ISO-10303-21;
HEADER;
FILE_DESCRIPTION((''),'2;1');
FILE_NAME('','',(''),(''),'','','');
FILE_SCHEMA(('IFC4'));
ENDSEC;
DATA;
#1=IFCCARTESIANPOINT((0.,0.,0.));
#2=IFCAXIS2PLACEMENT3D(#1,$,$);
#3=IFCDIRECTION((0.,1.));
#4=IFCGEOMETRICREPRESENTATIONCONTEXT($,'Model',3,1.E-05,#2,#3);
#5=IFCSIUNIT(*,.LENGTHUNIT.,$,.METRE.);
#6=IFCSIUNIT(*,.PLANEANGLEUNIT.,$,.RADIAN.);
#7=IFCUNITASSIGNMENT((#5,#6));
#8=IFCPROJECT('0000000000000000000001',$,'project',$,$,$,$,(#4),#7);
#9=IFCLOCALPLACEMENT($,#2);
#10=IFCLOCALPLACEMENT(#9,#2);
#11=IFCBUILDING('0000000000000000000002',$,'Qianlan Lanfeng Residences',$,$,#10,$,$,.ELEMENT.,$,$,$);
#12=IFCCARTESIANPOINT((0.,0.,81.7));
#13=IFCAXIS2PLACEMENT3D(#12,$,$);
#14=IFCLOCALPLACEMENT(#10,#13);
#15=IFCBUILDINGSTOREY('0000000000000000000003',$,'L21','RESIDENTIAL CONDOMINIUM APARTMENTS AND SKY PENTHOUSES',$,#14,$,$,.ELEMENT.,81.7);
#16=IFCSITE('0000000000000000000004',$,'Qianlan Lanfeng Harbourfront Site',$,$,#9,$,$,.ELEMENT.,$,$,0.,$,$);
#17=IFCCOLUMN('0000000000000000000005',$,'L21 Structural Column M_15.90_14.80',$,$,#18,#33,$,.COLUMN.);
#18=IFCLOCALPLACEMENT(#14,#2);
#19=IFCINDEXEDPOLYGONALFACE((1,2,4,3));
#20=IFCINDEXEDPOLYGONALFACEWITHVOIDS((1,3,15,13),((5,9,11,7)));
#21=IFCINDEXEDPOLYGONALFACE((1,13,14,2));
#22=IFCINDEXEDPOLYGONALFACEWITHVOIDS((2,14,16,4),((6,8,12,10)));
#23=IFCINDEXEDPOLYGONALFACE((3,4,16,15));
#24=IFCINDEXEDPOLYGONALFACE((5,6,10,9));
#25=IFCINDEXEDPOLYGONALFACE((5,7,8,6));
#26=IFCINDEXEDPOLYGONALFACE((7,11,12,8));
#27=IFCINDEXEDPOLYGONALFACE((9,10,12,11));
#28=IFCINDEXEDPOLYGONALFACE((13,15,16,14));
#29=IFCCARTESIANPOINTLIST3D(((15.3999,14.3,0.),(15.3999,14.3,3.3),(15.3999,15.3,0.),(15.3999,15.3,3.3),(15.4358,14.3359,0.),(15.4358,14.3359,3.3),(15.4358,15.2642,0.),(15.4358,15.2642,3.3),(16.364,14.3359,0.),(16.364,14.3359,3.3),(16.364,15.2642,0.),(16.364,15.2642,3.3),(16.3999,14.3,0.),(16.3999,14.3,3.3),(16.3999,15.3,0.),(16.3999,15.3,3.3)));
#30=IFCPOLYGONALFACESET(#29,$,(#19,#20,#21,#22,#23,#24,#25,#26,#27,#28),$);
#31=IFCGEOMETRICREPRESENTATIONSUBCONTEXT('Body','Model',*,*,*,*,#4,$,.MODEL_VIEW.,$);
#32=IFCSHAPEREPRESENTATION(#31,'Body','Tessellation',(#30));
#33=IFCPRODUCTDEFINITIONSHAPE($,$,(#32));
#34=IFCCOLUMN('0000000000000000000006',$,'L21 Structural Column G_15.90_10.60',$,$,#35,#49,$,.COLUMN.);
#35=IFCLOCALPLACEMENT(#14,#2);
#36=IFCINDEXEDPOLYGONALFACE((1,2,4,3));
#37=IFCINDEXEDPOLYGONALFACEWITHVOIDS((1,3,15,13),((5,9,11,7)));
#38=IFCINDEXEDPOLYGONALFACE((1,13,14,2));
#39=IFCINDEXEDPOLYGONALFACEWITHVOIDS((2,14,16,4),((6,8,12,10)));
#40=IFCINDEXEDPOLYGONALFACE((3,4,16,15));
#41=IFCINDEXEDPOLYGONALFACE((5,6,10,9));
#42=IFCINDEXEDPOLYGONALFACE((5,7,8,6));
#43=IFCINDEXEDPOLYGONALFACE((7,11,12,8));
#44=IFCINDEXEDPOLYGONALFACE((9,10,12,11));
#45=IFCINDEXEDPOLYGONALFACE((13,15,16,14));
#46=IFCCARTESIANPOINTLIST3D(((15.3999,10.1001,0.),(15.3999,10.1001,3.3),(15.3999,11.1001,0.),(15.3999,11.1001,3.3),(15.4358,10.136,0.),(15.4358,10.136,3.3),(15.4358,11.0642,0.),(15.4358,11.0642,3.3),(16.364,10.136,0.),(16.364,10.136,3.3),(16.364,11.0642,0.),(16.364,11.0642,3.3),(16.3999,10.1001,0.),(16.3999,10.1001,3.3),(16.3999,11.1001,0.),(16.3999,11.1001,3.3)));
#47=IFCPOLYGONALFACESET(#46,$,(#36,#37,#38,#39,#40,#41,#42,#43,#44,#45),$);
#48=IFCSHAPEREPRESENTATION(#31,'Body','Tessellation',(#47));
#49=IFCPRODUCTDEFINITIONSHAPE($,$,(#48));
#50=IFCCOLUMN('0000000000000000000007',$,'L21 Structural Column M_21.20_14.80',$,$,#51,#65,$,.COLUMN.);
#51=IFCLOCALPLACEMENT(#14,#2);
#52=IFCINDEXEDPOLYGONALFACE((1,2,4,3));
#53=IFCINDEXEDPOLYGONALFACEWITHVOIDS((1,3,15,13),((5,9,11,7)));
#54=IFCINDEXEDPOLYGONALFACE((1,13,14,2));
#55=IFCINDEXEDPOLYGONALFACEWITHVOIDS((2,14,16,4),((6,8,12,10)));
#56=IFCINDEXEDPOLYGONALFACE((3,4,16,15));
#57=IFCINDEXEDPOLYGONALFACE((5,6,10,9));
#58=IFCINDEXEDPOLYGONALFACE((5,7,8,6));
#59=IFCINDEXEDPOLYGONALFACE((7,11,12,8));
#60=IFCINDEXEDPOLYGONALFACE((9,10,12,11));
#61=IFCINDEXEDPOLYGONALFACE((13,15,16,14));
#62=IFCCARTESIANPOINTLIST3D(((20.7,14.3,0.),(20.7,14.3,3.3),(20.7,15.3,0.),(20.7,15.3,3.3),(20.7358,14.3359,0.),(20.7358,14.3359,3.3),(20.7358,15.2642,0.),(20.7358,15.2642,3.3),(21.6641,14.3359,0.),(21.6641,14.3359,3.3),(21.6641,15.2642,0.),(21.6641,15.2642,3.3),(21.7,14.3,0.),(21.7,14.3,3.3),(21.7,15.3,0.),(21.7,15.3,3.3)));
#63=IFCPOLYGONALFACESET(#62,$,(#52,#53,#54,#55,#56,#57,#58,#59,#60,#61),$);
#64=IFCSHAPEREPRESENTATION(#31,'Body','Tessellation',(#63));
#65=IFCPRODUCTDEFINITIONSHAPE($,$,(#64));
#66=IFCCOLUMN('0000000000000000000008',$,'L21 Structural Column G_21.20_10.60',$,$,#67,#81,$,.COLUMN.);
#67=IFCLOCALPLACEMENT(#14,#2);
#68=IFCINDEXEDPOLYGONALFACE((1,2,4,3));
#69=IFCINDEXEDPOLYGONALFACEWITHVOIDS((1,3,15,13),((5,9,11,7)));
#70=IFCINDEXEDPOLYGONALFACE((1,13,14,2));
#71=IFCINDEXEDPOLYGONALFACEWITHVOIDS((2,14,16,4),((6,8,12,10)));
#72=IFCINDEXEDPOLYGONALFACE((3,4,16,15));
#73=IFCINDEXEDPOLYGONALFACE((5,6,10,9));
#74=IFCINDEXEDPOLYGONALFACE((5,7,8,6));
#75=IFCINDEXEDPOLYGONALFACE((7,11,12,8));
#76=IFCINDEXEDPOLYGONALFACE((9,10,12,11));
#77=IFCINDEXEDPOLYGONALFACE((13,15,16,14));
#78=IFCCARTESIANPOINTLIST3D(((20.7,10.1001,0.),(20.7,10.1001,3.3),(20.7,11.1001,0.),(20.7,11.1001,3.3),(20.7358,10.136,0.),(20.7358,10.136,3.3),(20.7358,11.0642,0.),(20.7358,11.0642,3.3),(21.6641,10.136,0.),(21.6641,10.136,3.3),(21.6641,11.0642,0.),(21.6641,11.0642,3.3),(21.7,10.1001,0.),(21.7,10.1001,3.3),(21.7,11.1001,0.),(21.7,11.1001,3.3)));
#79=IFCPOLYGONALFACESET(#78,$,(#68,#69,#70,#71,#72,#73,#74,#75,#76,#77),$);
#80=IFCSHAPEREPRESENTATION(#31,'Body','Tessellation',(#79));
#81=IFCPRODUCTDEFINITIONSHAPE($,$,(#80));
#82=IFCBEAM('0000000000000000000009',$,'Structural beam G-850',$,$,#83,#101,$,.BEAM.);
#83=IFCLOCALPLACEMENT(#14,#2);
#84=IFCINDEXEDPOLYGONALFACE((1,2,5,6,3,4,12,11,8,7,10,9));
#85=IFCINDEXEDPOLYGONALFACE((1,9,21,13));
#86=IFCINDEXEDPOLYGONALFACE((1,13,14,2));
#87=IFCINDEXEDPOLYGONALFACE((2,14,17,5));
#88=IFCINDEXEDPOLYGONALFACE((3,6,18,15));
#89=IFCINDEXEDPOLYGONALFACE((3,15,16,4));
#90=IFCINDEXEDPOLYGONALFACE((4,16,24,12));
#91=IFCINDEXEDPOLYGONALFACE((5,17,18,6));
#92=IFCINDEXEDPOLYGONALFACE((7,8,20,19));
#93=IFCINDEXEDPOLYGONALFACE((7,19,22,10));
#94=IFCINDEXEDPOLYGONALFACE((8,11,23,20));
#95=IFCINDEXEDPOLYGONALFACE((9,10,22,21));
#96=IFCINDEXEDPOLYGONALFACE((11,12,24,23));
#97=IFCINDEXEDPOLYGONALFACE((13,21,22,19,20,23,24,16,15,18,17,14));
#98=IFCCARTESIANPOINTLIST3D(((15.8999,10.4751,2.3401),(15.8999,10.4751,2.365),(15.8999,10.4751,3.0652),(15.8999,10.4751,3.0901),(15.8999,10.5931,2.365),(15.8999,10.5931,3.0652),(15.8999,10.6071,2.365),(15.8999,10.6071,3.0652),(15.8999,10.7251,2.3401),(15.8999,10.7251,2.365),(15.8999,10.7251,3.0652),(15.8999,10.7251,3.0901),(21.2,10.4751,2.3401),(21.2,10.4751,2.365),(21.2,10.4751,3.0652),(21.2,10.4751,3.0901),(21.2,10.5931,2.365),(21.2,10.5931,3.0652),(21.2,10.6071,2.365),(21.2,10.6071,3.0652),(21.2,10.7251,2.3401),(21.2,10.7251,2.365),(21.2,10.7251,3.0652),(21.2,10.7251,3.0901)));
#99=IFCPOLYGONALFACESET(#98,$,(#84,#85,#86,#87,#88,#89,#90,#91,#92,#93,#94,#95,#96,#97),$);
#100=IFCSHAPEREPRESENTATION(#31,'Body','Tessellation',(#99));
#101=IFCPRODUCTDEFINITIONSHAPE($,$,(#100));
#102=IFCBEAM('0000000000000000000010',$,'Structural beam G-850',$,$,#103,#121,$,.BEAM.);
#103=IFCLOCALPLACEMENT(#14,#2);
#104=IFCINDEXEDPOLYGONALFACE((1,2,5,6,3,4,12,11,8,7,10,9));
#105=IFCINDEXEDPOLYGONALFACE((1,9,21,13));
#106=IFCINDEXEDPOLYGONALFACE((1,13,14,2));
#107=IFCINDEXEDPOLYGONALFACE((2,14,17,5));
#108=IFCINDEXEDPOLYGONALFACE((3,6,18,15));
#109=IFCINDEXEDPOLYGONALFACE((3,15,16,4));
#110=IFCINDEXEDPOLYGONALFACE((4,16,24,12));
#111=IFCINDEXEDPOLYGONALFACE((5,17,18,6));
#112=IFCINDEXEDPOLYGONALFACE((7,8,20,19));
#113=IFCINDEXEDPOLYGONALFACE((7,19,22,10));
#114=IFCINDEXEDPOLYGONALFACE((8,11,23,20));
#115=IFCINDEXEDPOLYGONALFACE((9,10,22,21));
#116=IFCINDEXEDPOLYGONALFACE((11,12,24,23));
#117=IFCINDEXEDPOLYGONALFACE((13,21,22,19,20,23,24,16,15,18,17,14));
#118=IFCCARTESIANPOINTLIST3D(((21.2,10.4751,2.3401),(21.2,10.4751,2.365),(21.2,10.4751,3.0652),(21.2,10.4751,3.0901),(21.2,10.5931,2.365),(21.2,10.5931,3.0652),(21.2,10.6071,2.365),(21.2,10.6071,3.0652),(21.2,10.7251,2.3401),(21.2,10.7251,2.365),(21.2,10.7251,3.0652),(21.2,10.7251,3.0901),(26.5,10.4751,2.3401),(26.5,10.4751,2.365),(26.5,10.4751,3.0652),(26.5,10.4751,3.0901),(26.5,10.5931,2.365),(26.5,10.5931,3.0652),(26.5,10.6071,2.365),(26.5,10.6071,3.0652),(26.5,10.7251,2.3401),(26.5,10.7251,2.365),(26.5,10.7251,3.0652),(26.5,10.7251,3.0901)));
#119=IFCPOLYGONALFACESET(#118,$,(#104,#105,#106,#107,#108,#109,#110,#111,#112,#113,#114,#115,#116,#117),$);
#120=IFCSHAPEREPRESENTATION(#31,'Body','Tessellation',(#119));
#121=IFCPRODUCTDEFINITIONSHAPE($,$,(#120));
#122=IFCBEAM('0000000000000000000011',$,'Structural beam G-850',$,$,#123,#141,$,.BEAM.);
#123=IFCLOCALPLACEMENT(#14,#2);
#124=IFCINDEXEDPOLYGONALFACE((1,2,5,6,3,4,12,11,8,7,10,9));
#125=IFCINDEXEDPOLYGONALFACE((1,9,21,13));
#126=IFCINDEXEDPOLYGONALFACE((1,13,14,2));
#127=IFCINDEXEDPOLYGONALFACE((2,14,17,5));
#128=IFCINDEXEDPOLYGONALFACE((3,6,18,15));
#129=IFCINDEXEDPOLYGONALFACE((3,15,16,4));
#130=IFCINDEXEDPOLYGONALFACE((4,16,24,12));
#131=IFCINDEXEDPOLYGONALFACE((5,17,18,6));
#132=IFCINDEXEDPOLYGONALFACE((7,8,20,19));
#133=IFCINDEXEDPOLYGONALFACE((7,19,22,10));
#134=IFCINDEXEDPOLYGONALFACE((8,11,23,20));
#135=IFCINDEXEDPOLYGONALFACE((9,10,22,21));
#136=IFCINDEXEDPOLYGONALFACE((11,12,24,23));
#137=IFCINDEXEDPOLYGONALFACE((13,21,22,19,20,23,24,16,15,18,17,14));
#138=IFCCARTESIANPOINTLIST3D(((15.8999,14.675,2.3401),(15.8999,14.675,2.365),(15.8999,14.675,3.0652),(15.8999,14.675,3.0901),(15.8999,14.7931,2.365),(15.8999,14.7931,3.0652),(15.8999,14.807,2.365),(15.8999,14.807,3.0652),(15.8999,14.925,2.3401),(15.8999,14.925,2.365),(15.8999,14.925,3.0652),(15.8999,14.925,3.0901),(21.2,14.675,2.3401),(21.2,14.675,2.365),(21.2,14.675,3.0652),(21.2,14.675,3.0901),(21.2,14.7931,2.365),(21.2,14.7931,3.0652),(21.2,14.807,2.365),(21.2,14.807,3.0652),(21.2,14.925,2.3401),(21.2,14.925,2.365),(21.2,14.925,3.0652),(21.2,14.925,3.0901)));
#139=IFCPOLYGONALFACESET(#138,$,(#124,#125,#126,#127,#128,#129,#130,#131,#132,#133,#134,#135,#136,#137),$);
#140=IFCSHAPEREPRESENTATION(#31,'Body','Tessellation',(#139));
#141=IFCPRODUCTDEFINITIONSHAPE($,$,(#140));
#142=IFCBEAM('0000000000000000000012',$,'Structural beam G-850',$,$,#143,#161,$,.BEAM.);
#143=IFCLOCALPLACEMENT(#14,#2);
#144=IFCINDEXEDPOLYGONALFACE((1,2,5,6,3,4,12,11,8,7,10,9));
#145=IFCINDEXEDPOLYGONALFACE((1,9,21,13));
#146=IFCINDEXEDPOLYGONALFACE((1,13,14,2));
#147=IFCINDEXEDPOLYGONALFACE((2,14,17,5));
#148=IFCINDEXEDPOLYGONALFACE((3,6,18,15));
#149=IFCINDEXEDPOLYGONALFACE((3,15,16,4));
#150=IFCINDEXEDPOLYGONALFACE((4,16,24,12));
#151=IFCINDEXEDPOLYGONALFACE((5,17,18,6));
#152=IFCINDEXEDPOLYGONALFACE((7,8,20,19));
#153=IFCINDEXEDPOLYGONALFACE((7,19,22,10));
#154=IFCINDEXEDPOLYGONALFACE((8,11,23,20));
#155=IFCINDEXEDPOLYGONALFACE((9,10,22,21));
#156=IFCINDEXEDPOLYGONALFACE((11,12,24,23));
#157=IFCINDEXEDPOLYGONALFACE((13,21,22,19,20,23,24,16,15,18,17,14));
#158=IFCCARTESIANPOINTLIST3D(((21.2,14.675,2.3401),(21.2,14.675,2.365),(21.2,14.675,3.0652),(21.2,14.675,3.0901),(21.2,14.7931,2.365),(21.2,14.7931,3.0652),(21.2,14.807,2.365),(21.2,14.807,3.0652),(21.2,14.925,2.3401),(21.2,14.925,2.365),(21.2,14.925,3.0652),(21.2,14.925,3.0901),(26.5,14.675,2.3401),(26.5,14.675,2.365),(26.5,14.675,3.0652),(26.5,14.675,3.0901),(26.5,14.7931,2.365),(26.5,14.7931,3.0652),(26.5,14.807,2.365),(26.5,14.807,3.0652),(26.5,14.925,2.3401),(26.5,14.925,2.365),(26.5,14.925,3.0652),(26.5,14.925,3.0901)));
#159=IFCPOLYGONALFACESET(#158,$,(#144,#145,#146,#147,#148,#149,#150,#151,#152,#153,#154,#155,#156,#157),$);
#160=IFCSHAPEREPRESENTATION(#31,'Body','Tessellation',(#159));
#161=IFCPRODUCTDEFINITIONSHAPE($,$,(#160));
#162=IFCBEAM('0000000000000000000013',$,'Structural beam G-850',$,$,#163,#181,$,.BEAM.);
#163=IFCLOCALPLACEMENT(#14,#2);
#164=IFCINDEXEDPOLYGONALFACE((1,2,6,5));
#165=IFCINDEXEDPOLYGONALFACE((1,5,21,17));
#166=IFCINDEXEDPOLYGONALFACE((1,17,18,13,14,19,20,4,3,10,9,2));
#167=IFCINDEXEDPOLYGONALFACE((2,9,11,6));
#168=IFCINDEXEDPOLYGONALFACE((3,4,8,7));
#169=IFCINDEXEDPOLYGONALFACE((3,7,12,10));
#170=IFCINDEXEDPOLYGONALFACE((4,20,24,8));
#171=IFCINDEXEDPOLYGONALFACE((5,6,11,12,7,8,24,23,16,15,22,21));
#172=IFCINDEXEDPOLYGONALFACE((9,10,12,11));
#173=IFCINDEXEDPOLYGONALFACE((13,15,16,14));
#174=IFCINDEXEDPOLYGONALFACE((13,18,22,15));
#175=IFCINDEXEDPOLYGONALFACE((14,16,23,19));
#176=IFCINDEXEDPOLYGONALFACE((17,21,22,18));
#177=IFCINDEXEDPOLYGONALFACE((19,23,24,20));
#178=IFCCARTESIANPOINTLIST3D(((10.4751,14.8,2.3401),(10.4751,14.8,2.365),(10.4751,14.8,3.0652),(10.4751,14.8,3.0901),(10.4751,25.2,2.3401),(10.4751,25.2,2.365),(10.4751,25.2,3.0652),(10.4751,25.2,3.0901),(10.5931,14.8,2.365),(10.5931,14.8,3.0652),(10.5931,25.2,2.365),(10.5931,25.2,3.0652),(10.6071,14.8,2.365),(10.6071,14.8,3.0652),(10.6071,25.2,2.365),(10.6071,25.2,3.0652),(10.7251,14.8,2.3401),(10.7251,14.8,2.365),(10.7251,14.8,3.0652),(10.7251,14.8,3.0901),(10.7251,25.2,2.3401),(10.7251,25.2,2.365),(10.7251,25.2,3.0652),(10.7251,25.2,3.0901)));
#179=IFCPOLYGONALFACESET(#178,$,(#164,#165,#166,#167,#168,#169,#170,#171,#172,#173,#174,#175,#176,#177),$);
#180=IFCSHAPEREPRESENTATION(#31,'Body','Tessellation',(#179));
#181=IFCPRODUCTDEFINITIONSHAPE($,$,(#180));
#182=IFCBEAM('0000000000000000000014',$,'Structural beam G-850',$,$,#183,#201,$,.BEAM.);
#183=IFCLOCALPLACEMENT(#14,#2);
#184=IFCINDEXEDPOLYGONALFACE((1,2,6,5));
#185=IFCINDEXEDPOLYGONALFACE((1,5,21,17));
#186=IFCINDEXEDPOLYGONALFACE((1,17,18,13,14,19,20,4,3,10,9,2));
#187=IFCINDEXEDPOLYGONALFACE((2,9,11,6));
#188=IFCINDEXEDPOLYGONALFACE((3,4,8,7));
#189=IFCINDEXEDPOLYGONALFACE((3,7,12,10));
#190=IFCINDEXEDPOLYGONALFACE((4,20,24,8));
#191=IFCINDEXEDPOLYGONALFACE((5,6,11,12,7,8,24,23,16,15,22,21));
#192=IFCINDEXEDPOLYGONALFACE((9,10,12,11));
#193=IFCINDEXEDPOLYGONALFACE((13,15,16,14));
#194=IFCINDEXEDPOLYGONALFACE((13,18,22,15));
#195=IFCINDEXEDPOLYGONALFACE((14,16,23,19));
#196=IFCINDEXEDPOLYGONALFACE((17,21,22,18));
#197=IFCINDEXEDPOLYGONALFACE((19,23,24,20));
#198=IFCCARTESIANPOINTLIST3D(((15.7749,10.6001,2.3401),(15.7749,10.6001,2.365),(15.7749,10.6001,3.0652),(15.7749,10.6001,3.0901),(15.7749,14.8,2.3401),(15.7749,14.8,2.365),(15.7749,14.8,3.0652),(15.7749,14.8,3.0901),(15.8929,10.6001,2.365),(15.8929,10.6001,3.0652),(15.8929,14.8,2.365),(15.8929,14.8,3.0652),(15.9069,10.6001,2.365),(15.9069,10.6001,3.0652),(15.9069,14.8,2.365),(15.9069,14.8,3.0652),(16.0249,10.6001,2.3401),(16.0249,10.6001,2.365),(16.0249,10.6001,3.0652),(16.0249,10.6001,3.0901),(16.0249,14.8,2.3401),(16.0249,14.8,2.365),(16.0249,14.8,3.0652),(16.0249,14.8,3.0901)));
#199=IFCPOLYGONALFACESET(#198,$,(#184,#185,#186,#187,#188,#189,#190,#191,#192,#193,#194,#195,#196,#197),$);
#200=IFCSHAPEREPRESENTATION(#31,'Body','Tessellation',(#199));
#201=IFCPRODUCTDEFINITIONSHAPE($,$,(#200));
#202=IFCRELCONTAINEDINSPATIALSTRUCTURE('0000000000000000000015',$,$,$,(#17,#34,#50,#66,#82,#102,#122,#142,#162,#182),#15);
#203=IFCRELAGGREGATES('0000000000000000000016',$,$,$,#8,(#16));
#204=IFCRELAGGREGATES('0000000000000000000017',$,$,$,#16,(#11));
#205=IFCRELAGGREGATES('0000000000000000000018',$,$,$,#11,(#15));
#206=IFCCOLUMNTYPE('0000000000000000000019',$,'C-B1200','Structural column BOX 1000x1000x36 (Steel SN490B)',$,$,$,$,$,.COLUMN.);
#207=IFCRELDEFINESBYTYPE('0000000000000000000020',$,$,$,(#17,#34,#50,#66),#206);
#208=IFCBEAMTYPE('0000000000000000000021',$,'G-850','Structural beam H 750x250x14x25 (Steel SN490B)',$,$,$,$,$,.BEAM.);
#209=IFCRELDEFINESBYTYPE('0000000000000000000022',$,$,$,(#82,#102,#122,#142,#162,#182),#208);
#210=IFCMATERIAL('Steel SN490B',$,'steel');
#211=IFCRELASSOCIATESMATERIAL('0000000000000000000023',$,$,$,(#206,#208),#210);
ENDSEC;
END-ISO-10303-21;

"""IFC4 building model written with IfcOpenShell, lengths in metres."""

from ifc_helpers import new_model, si_unit, direction, frame, origin, origin_2d, place, context, subcontext, project, spatial, hollow_rectangle, i_section, extrude, material, material_profile, profile_set, type_object, element, save


model = new_model("IFC4")

# Units and contexts
model_context = context("Model", 3, precision=1e-05, world=origin(), true_north=direction((0.0, 1.0)))
body_context = subcontext(model_context, "Body", "Model", "MODEL_VIEW")
ifc_project = project(units=[si_unit("LENGTHUNIT", "METRE"), si_unit("PLANEANGLEUNIT", "RADIAN")], contexts=[model_context])

# Site, building, storey
site_placement = place(None, origin())
site = spatial("IfcSite", under=ifc_project, at=site_placement, Name="Qianlan Lanfeng Harbourfront Site", CompositionType="ELEMENT", RefElevation=0.0)
building_placement = place(site_placement, origin())
building = spatial("IfcBuilding", under=site, at=building_placement, Name="Qianlan Lanfeng Residences", CompositionType="ELEMENT")
storey_placement = place(building_placement, frame((0.0, 0.0, 81.7)))
storey = spatial("IfcBuildingStorey", under=building, at=storey_placement, Name="L21", Description="RESIDENTIAL CONDOMINIUM APARTMENTS AND SKY PENTHOUSES", CompositionType="ELEMENT", Elevation=81.7)

# Columns
ifc_material_1 = material(Name="Steel SN490B", Category="steel")
ifc_material_profile_1 = material_profile(ifc_material_1, hollow_rectangle(XDim=1.0, YDim=1.0, WallThickness=0.0359, at=origin_2d()), Name="BOX 1000x1000x36")
ifc_profile_set_1 = profile_set([ifc_material_profile_1], Name="Steel SN490B")
column_type = type_object("IfcColumnType", Name="C-B1200", Description="Structural column BOX 1000x1000x36 (Steel SN490B)", PredefinedType="COLUMN", material=ifc_profile_set_1)
for number, where, z_axis, x_axis, name in (
    (1, (15.8999, 14.8, 0.0), (0.0, 0.0, 1.0), (1.0, 0.0, 0.0), "L21 Structural Column M_15.90_14.80"),
    (2, (15.8999, 10.6001, 0.0), (0.0, 0.0, 1.0), (1.0, 0.0, 0.0), "L21 Structural Column G_15.90_10.60"),
    (3, (21.2, 14.8, 0.0), (0.0, 0.0, 1.0), (1.0, 0.0, 0.0), "L21 Structural Column M_21.20_14.80"),
    (4, (21.2, 10.6001, 0.0), (0.0, 0.0, 1.0), (1.0, 0.0, 0.0), "L21 Structural Column G_21.20_10.60"),
):
    element("IfcColumn", number, at=place(storey_placement, frame(where, z_axis=z_axis, x_axis=x_axis)), inside=storey, type_object=column_type, Name=name, PredefinedType="COLUMN", context=body_context, shape_type="SweptSolid", body=[
        extrude(hollow_rectangle(XDim=1.0, YDim=1.0, WallThickness=0.0359, at=origin_2d()), origin(), (0.0, 0.0, 1.0), 3.3),
    ])

# Beams
ifc_material_profile_2 = material_profile(ifc_material_1, i_section(OverallWidth=0.25, OverallDepth=0.75, WebThickness=0.0139, FlangeThickness=0.0249, at=origin_2d()), Name="H 750x250x14x25")
ifc_profile_set_2 = profile_set([ifc_material_profile_2], Name="Steel SN490B")
beam_type_1 = type_object("IfcBeamType", Name="G-850", Description="Structural beam H 750x250x14x25 (Steel SN490B)", PredefinedType="BEAM", material=ifc_profile_set_2)
for number, where, z_axis, x_axis, name in (
    (5, (15.8999, 10.6001, 2.7151), (1.0, 0.0, 0.0), (0.0, 1.0, 0.0), "Structural beam G-850"),
    (6, (21.2, 10.6001, 2.7151), (1.0, 0.0, 0.0), (0.0, 1.0, 0.0), "Structural beam G-850"),
    (7, (15.8999, 14.8, 2.7151), (1.0, 0.0, 0.0), (0.0, 1.0, 0.0), "Structural beam G-850"),
    (8, (21.2, 14.8, 2.7151), (1.0, 0.0, 0.0), (0.0, 1.0, 0.0), "Structural beam G-850"),
):
    element("IfcBeam", number, at=place(storey_placement, frame(where, z_axis=z_axis, x_axis=x_axis)), inside=storey, type_object=beam_type_1, Name=name, PredefinedType="BEAM", context=body_context, shape_type="SweptSolid", body=[
        extrude(i_section(OverallWidth=0.25, OverallDepth=0.75, WebThickness=0.0139, FlangeThickness=0.0249, at=origin_2d()), origin(), (0.0, 0.0, 1.0), 5.3),
    ])
beam_1_placement = place(storey_placement, frame((10.6001, 14.8, 2.7151), z_axis=(0.0, 1.0, 0.0), x_axis=(-1.0, 0.0, 0.0)))
element("IfcBeam", 9, at=beam_1_placement, inside=storey, type_object=beam_type_1, Name="Structural beam G-850", PredefinedType="BEAM", context=body_context, shape_type="SweptSolid", body=[
    extrude(i_section(OverallWidth=0.25, OverallDepth=0.75, WebThickness=0.0139, FlangeThickness=0.0249, at=origin_2d()), origin(), (0.0, 0.0, 1.0), 10.3999),
])
beam_2_placement = place(storey_placement, frame((15.8999, 10.6001, 2.7151), z_axis=(0.0, 1.0, 0.0), x_axis=(-1.0, 0.0, 0.0)))
element("IfcBeam", 10, at=beam_2_placement, inside=storey, type_object=beam_type_1, Name="Structural beam G-850", PredefinedType="BEAM", context=body_context, shape_type="SweptSolid", body=[
    extrude(i_section(OverallWidth=0.25, OverallDepth=0.75, WebThickness=0.0139, FlangeThickness=0.0249, at=origin_2d()), origin(), (0.0, 0.0, 1.0), 4.2),
])

save(model, "model.ifc")
